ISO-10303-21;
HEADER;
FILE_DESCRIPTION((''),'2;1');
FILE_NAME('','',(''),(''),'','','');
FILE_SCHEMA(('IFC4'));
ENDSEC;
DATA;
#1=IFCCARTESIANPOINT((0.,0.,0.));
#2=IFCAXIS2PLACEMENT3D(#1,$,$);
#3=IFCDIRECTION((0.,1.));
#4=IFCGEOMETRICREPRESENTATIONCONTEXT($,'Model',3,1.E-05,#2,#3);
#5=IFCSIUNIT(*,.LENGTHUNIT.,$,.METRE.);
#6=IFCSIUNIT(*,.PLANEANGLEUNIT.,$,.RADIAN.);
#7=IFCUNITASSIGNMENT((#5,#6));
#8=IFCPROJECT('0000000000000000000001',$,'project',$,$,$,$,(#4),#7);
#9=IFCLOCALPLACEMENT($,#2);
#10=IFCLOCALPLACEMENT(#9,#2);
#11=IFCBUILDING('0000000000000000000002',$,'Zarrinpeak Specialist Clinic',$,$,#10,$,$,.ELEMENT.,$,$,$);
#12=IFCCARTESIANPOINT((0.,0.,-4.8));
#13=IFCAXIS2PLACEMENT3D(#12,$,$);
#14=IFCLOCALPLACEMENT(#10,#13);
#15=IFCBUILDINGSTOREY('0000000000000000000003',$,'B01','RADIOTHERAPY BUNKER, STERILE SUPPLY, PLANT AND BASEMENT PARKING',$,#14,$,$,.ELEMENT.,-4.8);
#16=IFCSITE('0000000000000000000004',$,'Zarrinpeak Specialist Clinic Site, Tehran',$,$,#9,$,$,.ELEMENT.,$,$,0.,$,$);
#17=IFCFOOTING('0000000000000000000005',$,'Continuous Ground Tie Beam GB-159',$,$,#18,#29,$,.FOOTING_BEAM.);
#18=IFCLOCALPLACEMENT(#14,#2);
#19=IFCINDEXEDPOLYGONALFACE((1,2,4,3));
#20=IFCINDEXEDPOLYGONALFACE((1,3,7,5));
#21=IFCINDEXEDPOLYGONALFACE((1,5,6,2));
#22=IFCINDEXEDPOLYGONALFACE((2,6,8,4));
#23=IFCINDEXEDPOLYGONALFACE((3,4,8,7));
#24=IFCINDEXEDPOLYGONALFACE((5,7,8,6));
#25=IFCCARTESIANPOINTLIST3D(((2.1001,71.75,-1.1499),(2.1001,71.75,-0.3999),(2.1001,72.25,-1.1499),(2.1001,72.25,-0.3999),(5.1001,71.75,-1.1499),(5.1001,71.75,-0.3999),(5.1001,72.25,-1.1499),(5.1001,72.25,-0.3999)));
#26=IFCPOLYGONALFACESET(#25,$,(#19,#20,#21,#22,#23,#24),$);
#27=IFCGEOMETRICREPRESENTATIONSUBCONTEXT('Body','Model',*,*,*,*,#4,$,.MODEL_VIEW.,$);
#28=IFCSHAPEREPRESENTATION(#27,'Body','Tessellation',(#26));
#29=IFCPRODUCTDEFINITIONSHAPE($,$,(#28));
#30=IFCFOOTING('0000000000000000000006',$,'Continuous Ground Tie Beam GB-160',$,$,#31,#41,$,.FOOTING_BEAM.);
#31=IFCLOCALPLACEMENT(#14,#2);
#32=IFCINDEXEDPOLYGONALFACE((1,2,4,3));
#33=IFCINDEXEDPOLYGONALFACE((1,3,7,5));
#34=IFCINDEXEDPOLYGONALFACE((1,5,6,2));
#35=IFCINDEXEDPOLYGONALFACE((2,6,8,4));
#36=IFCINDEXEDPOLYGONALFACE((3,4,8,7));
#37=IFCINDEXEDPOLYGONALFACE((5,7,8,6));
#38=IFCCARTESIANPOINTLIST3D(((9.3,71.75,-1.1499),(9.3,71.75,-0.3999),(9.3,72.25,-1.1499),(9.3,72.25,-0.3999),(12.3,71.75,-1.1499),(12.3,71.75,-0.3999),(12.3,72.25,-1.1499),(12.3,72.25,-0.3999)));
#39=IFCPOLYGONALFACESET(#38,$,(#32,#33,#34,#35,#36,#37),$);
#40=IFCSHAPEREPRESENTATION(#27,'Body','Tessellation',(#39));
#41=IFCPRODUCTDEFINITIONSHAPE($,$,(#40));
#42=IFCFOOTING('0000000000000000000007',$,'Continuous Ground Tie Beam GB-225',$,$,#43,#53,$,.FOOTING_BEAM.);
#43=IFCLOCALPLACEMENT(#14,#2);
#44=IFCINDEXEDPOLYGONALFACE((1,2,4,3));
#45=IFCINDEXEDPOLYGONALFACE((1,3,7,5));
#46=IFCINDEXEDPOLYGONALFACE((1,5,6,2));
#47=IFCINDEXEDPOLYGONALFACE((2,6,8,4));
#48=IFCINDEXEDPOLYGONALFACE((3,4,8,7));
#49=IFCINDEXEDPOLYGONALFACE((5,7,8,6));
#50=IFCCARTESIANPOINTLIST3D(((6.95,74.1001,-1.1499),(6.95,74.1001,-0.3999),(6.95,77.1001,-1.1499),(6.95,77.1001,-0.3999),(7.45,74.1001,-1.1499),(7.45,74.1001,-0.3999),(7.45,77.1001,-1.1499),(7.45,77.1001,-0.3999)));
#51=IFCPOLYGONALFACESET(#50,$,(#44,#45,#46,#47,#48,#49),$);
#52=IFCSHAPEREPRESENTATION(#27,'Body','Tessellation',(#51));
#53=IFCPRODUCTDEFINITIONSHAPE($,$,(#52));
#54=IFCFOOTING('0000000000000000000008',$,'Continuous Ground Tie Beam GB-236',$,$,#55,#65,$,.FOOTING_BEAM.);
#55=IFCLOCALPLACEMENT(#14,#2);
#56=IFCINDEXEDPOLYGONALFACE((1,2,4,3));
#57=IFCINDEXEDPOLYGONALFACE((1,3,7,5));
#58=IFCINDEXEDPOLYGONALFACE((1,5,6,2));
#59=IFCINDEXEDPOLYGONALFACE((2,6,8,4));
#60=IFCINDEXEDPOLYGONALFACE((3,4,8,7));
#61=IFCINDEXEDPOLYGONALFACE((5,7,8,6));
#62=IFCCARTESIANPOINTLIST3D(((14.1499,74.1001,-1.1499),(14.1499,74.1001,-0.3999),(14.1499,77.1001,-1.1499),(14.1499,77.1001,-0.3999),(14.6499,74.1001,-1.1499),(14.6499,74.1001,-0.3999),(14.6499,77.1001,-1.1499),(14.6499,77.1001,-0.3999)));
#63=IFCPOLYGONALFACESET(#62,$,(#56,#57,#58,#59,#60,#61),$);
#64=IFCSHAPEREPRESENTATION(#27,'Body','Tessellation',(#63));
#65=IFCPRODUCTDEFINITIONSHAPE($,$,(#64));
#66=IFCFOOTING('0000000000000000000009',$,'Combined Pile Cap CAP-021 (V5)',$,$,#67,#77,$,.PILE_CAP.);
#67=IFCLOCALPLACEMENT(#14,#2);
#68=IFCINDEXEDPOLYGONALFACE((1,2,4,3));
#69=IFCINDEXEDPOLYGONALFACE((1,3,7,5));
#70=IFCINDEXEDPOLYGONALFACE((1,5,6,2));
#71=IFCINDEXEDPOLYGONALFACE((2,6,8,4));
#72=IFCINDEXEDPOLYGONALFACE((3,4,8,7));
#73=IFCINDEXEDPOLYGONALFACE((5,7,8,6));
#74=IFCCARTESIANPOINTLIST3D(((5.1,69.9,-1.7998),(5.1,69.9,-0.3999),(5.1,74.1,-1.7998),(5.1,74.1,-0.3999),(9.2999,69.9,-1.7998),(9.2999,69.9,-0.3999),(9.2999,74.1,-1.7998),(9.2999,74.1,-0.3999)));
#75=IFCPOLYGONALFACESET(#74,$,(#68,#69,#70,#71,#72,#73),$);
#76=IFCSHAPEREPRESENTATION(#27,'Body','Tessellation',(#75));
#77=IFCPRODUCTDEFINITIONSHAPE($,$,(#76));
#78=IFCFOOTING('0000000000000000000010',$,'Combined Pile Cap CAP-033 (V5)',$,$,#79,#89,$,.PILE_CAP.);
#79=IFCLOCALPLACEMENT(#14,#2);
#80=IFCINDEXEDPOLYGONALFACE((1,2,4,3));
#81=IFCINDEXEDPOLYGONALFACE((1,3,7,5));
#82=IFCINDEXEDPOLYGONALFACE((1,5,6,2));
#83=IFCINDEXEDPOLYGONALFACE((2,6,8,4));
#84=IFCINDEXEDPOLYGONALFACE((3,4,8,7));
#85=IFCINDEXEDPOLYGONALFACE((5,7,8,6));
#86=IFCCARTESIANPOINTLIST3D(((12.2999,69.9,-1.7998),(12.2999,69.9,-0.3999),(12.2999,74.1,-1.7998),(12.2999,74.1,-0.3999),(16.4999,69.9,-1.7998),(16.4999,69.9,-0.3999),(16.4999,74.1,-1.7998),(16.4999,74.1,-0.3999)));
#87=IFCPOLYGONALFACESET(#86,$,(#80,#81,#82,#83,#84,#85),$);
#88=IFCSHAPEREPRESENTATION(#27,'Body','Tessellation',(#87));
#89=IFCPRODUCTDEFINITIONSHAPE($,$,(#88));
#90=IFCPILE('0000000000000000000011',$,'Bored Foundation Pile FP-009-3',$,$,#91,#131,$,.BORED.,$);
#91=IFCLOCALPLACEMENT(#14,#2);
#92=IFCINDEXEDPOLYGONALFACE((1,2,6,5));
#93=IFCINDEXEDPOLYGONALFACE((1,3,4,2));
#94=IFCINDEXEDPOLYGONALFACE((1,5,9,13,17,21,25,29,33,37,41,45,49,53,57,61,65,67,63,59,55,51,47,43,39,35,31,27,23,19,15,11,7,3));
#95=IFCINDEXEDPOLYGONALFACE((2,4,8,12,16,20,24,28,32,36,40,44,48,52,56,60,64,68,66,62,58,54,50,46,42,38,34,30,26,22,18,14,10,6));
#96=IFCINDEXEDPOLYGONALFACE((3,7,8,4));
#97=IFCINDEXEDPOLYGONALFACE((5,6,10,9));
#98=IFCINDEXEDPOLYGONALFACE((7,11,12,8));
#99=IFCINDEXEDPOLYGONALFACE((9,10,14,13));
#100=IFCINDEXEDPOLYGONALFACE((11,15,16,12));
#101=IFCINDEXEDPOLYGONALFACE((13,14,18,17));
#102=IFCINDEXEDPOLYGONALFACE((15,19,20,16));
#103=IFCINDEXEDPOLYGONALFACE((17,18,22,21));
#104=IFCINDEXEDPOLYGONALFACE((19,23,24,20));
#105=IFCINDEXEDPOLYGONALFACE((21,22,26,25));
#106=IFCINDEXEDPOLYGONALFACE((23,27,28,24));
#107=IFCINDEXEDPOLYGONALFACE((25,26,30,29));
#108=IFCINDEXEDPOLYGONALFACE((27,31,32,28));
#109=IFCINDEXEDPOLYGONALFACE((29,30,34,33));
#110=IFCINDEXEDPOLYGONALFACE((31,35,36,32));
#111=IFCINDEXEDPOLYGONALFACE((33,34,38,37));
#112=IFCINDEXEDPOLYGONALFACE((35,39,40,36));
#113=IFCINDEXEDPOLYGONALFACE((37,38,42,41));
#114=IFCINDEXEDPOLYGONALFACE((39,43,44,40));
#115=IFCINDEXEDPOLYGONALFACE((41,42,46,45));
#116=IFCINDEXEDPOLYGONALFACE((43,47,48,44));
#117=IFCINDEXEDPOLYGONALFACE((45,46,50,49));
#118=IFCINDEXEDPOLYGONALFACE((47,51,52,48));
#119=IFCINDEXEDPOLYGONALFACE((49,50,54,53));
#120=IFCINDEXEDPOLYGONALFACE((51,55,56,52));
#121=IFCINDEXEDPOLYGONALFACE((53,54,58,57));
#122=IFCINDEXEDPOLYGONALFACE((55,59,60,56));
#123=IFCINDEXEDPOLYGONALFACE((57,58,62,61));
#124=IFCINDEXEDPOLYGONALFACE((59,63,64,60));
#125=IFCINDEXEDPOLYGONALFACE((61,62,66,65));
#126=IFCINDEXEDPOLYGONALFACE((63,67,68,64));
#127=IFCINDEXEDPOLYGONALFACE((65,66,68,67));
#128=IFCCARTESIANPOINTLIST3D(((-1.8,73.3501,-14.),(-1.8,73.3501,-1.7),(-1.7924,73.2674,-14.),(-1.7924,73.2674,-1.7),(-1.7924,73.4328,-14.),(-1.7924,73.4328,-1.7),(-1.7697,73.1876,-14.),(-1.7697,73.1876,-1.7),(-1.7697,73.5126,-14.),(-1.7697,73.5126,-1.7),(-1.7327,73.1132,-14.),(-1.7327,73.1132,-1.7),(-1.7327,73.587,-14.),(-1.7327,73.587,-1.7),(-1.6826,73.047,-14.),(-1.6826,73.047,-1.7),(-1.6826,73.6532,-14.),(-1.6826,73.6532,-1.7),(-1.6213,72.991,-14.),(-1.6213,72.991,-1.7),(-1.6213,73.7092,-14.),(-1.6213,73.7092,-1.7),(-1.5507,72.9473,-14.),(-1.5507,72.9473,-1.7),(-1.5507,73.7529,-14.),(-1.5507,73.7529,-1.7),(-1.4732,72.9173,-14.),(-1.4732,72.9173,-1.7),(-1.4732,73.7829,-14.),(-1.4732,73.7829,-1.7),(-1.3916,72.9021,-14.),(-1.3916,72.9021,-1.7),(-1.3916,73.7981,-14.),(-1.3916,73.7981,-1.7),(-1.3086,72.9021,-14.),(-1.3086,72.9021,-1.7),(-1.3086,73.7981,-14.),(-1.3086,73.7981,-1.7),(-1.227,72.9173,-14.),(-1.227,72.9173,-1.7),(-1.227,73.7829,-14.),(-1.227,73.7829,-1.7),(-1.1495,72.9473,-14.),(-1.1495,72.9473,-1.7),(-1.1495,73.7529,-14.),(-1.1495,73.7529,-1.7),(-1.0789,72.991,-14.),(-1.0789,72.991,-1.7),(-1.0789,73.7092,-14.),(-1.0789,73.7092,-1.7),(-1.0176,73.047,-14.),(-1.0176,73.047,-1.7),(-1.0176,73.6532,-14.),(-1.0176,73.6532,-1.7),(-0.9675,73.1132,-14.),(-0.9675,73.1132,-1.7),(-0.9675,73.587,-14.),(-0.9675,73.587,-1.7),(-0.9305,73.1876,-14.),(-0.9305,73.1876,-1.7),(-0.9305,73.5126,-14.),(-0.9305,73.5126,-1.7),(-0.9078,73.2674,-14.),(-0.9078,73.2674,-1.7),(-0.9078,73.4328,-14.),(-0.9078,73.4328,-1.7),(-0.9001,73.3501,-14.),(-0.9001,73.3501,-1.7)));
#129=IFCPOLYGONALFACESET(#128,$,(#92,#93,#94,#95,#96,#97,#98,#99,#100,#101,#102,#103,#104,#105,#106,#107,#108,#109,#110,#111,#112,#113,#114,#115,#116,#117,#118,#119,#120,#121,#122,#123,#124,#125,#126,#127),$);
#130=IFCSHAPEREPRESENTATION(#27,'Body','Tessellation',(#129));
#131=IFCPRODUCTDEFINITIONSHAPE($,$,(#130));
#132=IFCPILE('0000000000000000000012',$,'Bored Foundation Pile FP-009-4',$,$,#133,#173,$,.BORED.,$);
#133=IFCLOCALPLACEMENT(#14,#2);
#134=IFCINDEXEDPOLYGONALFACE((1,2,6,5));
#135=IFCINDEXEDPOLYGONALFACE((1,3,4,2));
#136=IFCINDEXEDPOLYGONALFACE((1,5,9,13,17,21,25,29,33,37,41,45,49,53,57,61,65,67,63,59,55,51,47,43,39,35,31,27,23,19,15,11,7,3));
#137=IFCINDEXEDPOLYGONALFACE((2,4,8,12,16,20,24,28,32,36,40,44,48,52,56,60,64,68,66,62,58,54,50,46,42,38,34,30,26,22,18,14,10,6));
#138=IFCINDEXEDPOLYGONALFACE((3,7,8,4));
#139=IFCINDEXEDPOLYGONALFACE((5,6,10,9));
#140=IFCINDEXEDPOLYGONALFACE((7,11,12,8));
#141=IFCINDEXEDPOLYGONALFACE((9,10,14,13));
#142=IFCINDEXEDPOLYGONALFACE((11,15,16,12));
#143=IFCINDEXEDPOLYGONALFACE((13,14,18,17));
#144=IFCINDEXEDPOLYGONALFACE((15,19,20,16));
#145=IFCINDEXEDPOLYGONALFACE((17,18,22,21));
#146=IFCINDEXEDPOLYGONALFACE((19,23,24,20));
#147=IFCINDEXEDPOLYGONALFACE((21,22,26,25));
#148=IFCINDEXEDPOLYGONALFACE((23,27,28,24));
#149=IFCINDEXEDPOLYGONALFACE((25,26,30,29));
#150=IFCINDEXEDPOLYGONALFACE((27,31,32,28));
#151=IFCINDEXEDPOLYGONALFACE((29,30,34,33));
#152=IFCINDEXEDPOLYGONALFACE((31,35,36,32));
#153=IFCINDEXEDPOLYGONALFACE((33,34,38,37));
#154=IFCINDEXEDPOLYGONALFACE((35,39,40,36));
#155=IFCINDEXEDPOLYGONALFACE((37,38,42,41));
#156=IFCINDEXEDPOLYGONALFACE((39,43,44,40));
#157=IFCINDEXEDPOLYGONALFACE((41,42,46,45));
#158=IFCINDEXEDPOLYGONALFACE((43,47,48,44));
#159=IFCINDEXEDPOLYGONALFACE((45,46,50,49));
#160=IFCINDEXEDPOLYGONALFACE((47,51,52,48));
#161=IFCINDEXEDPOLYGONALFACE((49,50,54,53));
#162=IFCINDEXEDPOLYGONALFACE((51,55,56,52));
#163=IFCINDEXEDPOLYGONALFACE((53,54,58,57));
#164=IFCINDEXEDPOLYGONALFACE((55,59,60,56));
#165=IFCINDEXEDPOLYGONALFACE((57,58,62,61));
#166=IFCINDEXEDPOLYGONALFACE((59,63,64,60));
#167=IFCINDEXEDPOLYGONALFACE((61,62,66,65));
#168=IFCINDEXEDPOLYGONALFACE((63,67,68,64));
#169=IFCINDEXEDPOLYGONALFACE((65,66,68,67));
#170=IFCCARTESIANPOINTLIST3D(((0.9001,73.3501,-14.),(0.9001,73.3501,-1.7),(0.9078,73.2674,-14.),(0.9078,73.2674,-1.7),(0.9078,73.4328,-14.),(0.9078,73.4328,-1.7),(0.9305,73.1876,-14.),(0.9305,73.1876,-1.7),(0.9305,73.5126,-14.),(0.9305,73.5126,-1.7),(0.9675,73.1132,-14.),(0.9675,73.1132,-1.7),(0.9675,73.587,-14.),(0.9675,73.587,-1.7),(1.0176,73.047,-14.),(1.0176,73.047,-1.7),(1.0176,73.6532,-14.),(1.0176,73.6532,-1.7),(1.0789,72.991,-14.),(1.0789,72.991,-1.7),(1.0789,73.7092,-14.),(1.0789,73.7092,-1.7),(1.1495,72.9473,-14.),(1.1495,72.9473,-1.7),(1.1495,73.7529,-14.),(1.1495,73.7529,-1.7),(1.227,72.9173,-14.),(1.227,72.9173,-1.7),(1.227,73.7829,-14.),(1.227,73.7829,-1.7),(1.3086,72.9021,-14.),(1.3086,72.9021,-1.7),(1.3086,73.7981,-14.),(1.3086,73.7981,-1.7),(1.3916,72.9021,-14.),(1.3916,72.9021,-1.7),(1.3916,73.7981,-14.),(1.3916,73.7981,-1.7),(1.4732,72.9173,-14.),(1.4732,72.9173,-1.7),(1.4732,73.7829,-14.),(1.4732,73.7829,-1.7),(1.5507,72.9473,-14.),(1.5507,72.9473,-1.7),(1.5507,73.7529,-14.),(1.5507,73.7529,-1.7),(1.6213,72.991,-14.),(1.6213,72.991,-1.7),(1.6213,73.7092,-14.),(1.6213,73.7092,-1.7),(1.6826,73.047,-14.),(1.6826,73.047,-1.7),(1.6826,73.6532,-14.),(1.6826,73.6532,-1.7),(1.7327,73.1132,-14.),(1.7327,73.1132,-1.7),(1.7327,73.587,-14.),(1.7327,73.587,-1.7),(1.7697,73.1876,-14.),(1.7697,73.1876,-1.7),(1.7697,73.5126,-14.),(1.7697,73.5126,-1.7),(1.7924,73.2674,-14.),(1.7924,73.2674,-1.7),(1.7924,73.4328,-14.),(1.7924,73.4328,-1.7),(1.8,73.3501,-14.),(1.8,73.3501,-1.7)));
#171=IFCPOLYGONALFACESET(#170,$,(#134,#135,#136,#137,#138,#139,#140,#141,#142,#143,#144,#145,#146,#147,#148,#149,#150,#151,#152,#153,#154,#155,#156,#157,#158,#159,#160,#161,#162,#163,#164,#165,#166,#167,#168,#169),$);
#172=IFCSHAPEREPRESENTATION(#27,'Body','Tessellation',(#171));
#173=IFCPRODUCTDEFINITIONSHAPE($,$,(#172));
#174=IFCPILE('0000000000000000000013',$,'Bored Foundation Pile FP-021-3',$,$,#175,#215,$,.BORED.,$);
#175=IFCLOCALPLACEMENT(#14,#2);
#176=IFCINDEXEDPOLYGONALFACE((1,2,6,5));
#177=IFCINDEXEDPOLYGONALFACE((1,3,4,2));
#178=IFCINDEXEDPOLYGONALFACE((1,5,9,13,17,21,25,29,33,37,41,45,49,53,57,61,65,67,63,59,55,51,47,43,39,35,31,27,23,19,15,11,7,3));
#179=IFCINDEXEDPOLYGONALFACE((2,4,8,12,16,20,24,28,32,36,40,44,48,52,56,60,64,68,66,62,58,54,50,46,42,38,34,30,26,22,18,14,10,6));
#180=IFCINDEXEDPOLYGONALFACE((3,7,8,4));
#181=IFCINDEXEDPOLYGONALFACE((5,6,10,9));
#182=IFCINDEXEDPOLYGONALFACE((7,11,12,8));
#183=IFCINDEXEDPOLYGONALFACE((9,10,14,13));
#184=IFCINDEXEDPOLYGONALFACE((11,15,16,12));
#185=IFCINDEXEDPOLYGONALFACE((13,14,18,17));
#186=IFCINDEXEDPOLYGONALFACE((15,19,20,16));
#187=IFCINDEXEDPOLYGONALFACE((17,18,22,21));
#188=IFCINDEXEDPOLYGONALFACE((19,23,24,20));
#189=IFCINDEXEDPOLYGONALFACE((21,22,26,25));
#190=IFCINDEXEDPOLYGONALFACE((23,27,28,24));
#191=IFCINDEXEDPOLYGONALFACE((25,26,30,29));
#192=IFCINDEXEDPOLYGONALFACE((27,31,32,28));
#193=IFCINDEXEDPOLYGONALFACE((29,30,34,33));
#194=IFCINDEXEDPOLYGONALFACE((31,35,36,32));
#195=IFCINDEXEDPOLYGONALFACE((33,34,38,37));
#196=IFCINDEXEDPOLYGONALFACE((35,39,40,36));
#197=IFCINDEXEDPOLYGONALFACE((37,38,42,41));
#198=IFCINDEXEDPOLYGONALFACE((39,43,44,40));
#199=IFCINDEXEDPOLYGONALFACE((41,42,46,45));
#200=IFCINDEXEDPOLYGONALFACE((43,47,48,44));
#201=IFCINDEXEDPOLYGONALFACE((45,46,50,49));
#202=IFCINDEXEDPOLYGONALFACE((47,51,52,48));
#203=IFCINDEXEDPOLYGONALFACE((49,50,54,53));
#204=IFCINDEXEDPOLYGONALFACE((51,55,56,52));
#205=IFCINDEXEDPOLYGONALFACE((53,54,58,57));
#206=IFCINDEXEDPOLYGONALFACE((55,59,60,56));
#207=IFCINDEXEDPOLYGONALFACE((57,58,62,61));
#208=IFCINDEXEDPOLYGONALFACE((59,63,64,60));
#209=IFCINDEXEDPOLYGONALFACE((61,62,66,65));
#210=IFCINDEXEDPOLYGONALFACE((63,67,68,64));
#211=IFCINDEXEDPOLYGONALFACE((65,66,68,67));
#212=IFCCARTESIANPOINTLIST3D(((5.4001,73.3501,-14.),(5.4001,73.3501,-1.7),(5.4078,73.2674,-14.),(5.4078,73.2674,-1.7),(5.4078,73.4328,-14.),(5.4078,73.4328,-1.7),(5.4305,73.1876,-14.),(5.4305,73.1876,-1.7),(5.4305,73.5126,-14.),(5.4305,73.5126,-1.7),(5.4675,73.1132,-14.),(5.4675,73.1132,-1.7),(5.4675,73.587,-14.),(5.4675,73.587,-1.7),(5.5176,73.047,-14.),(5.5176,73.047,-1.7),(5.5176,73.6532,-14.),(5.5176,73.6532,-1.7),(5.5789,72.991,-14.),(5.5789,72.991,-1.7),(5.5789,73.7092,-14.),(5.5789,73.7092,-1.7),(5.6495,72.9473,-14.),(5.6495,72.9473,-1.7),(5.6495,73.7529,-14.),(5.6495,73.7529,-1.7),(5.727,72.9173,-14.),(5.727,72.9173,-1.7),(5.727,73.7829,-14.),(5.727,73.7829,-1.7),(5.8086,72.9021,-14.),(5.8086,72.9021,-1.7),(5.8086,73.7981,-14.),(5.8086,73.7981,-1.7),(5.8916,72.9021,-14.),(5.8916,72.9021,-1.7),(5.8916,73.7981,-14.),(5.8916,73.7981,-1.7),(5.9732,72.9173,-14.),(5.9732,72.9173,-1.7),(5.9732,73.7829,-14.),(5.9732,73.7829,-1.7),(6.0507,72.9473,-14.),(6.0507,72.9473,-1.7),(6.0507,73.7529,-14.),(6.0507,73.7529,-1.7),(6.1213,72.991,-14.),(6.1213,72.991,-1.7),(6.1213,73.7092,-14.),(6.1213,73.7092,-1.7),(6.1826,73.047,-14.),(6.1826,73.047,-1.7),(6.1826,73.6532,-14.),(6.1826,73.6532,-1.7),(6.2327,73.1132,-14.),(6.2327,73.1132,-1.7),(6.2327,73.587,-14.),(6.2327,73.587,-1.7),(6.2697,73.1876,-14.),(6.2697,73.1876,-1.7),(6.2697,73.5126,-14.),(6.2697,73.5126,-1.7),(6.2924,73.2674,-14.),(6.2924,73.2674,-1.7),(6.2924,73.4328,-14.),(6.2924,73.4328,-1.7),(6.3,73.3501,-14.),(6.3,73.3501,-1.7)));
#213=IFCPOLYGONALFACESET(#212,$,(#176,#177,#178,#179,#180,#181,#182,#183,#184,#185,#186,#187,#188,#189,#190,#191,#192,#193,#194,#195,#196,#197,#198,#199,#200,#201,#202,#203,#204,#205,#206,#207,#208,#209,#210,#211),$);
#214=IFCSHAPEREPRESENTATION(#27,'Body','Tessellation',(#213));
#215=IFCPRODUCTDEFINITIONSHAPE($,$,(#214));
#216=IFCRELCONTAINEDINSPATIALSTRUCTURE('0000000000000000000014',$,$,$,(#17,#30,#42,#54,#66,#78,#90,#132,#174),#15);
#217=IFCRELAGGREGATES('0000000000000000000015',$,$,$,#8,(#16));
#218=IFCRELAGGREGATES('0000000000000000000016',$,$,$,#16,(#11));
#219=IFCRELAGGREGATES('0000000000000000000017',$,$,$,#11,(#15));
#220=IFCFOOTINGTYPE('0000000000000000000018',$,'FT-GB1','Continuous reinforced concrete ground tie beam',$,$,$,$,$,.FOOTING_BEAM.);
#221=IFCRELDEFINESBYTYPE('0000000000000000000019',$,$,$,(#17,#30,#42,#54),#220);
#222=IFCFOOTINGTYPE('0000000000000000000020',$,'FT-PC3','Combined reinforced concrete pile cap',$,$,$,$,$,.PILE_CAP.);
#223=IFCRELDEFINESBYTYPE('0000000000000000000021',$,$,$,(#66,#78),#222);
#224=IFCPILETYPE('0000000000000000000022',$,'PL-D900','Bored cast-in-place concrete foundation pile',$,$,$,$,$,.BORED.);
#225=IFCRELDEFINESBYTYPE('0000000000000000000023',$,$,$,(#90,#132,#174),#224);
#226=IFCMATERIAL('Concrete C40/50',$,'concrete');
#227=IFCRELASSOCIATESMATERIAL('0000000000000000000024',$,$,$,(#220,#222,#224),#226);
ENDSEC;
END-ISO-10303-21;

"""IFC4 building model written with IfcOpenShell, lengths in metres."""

from ifc_helpers import new_model, si_unit, direction, frame, origin, origin_2d, place, context, subcontext, project, spatial, rectangle, circle, extrude, material, material_profile, profile_set, type_object, element, save


model = new_model("IFC4")

# Units and contexts
model_context = context("Model", 3, precision=1e-05, world=origin(), true_north=direction((0.0, 1.0)))
body_context = subcontext(model_context, "Body", "Model", "MODEL_VIEW")
ifc_project = project(units=[si_unit("LENGTHUNIT", "METRE"), si_unit("PLANEANGLEUNIT", "RADIAN")], contexts=[model_context])

# Site, building, storey
site_placement = place(None, origin())
site = spatial("IfcSite", under=ifc_project, at=site_placement, Name="Zarrinpeak Specialist Clinic Site, Tehran", CompositionType="ELEMENT", RefElevation=0.0)
building_placement = place(site_placement, origin())
building = spatial("IfcBuilding", under=site, at=building_placement, Name="Zarrinpeak Specialist Clinic", CompositionType="ELEMENT")
storey_placement = place(building_placement, frame((0.0, 0.0, -4.8)))
storey = spatial("IfcBuildingStorey", under=building, at=storey_placement, Name="B01", Description="RADIOTHERAPY BUNKER, STERILE SUPPLY, PLANT AND BASEMENT PARKING", CompositionType="ELEMENT", Elevation=-4.8)

# Footings
ifc_material_1 = material(Name="Concrete C40/50", Category="concrete")
ifc_material_profile_1 = material_profile(ifc_material_1, rectangle(XDim=0.5, YDim=0.75, at=origin_2d()), Name="RC 500x750")
ifc_profile_set_1 = profile_set([ifc_material_profile_1], Name="Concrete C40/50")
footing_type_1 = type_object("IfcFootingType", Name="FT-GB1", Description="Continuous reinforced concrete ground tie beam", PredefinedType="FOOTING_BEAM", material=ifc_profile_set_1)
for number, where, z_axis, x_axis, name in (
    (1, (2.1001, 72.0, -0.7749), (1.0, 0.0, 0.0), (0.0, 1.0, 0.0), "Continuous Ground Tie Beam GB-159"),
    (2, (9.3, 72.0, -0.7749), (1.0, 0.0, 0.0), (0.0, 1.0, 0.0), "Continuous Ground Tie Beam GB-160"),
    (3, (7.2, 74.1001, -0.7749), (0.0, 1.0, 0.0), (-1.0, 0.0, 0.0), "Continuous Ground Tie Beam GB-225"),
    (4, (14.3999, 74.1001, -0.7749), (0.0, 1.0, 0.0), (-1.0, 0.0, 0.0), "Continuous Ground Tie Beam GB-236"),
):
    element("IfcFooting", number, at=place(storey_placement, frame(where, z_axis=z_axis, x_axis=x_axis)), inside=storey, type_object=footing_type_1, Name=name, PredefinedType="FOOTING_BEAM", context=body_context, shape_type="SweptSolid", body=[
        extrude(rectangle(XDim=0.5, YDim=0.75, at=origin_2d()), origin(), (0.0, 0.0, 1.0), 3.0),
    ])
footing_type_2 = type_object("IfcFootingType", Name="FT-PC3", Description="Combined reinforced concrete pile cap", PredefinedType="PILE_CAP", material=ifc_material_1)
for number, where, z_axis, x_axis, name in (
    (5, (7.2, 72.0, -1.7998), (0.0, 0.0, 1.0), (1.0, 0.0, 0.0), "Combined Pile Cap CAP-021 (V5)"),
    (6, (14.3999, 72.0, -1.7998), (0.0, 0.0, 1.0), (1.0, 0.0, 0.0), "Combined Pile Cap CAP-033 (V5)"),
):
    element("IfcFooting", number, at=place(storey_placement, frame(where, z_axis=z_axis, x_axis=x_axis)), inside=storey, type_object=footing_type_2, Name=name, PredefinedType="PILE_CAP", context=body_context, shape_type="SweptSolid", body=[
        extrude(rectangle(XDim=4.2, YDim=4.2, at=origin_2d()), origin(), (0.0, 0.0, 1.0), 1.3999),
    ])

# Piles
ifc_material_profile_2 = material_profile(ifc_material_1, circle(Radius=0.45, at=origin_2d()), Name="BORED PILE D900")
ifc_profile_set_2 = profile_set([ifc_material_profile_2], Name="Concrete C40/50")
pile_type = type_object("IfcPileType", Name="PL-D900", Description="Bored cast-in-place concrete foundation pile", PredefinedType="BORED", material=ifc_profile_set_2)
for number, where, z_axis, x_axis, name in (
    (7, (-1.3501, 73.3501, -1.7), (0.0, 0.0, -1.0), (1.0, 0.0, 0.0), "Bored Foundation Pile FP-009-3"),
    (8, (1.3501, 73.3501, -1.7), (0.0, 0.0, -1.0), (1.0, 0.0, 0.0), "Bored Foundation Pile FP-009-4"),
    (9, (5.8501, 73.3501, -1.7), (0.0, 0.0, -1.0), (1.0, 0.0, 0.0), "Bored Foundation Pile FP-021-3"),
):
    element("IfcPile", number, at=place(storey_placement, frame(where, z_axis=z_axis, x_axis=x_axis)), inside=storey, type_object=pile_type, Name=name, PredefinedType="BORED", context=body_context, shape_type="SweptSolid", body=[
        extrude(circle(Radius=0.45, at=origin_2d()), origin(), (0.0, 0.0, 1.0), 12.3),
    ])

save(model, "model.ifc")
